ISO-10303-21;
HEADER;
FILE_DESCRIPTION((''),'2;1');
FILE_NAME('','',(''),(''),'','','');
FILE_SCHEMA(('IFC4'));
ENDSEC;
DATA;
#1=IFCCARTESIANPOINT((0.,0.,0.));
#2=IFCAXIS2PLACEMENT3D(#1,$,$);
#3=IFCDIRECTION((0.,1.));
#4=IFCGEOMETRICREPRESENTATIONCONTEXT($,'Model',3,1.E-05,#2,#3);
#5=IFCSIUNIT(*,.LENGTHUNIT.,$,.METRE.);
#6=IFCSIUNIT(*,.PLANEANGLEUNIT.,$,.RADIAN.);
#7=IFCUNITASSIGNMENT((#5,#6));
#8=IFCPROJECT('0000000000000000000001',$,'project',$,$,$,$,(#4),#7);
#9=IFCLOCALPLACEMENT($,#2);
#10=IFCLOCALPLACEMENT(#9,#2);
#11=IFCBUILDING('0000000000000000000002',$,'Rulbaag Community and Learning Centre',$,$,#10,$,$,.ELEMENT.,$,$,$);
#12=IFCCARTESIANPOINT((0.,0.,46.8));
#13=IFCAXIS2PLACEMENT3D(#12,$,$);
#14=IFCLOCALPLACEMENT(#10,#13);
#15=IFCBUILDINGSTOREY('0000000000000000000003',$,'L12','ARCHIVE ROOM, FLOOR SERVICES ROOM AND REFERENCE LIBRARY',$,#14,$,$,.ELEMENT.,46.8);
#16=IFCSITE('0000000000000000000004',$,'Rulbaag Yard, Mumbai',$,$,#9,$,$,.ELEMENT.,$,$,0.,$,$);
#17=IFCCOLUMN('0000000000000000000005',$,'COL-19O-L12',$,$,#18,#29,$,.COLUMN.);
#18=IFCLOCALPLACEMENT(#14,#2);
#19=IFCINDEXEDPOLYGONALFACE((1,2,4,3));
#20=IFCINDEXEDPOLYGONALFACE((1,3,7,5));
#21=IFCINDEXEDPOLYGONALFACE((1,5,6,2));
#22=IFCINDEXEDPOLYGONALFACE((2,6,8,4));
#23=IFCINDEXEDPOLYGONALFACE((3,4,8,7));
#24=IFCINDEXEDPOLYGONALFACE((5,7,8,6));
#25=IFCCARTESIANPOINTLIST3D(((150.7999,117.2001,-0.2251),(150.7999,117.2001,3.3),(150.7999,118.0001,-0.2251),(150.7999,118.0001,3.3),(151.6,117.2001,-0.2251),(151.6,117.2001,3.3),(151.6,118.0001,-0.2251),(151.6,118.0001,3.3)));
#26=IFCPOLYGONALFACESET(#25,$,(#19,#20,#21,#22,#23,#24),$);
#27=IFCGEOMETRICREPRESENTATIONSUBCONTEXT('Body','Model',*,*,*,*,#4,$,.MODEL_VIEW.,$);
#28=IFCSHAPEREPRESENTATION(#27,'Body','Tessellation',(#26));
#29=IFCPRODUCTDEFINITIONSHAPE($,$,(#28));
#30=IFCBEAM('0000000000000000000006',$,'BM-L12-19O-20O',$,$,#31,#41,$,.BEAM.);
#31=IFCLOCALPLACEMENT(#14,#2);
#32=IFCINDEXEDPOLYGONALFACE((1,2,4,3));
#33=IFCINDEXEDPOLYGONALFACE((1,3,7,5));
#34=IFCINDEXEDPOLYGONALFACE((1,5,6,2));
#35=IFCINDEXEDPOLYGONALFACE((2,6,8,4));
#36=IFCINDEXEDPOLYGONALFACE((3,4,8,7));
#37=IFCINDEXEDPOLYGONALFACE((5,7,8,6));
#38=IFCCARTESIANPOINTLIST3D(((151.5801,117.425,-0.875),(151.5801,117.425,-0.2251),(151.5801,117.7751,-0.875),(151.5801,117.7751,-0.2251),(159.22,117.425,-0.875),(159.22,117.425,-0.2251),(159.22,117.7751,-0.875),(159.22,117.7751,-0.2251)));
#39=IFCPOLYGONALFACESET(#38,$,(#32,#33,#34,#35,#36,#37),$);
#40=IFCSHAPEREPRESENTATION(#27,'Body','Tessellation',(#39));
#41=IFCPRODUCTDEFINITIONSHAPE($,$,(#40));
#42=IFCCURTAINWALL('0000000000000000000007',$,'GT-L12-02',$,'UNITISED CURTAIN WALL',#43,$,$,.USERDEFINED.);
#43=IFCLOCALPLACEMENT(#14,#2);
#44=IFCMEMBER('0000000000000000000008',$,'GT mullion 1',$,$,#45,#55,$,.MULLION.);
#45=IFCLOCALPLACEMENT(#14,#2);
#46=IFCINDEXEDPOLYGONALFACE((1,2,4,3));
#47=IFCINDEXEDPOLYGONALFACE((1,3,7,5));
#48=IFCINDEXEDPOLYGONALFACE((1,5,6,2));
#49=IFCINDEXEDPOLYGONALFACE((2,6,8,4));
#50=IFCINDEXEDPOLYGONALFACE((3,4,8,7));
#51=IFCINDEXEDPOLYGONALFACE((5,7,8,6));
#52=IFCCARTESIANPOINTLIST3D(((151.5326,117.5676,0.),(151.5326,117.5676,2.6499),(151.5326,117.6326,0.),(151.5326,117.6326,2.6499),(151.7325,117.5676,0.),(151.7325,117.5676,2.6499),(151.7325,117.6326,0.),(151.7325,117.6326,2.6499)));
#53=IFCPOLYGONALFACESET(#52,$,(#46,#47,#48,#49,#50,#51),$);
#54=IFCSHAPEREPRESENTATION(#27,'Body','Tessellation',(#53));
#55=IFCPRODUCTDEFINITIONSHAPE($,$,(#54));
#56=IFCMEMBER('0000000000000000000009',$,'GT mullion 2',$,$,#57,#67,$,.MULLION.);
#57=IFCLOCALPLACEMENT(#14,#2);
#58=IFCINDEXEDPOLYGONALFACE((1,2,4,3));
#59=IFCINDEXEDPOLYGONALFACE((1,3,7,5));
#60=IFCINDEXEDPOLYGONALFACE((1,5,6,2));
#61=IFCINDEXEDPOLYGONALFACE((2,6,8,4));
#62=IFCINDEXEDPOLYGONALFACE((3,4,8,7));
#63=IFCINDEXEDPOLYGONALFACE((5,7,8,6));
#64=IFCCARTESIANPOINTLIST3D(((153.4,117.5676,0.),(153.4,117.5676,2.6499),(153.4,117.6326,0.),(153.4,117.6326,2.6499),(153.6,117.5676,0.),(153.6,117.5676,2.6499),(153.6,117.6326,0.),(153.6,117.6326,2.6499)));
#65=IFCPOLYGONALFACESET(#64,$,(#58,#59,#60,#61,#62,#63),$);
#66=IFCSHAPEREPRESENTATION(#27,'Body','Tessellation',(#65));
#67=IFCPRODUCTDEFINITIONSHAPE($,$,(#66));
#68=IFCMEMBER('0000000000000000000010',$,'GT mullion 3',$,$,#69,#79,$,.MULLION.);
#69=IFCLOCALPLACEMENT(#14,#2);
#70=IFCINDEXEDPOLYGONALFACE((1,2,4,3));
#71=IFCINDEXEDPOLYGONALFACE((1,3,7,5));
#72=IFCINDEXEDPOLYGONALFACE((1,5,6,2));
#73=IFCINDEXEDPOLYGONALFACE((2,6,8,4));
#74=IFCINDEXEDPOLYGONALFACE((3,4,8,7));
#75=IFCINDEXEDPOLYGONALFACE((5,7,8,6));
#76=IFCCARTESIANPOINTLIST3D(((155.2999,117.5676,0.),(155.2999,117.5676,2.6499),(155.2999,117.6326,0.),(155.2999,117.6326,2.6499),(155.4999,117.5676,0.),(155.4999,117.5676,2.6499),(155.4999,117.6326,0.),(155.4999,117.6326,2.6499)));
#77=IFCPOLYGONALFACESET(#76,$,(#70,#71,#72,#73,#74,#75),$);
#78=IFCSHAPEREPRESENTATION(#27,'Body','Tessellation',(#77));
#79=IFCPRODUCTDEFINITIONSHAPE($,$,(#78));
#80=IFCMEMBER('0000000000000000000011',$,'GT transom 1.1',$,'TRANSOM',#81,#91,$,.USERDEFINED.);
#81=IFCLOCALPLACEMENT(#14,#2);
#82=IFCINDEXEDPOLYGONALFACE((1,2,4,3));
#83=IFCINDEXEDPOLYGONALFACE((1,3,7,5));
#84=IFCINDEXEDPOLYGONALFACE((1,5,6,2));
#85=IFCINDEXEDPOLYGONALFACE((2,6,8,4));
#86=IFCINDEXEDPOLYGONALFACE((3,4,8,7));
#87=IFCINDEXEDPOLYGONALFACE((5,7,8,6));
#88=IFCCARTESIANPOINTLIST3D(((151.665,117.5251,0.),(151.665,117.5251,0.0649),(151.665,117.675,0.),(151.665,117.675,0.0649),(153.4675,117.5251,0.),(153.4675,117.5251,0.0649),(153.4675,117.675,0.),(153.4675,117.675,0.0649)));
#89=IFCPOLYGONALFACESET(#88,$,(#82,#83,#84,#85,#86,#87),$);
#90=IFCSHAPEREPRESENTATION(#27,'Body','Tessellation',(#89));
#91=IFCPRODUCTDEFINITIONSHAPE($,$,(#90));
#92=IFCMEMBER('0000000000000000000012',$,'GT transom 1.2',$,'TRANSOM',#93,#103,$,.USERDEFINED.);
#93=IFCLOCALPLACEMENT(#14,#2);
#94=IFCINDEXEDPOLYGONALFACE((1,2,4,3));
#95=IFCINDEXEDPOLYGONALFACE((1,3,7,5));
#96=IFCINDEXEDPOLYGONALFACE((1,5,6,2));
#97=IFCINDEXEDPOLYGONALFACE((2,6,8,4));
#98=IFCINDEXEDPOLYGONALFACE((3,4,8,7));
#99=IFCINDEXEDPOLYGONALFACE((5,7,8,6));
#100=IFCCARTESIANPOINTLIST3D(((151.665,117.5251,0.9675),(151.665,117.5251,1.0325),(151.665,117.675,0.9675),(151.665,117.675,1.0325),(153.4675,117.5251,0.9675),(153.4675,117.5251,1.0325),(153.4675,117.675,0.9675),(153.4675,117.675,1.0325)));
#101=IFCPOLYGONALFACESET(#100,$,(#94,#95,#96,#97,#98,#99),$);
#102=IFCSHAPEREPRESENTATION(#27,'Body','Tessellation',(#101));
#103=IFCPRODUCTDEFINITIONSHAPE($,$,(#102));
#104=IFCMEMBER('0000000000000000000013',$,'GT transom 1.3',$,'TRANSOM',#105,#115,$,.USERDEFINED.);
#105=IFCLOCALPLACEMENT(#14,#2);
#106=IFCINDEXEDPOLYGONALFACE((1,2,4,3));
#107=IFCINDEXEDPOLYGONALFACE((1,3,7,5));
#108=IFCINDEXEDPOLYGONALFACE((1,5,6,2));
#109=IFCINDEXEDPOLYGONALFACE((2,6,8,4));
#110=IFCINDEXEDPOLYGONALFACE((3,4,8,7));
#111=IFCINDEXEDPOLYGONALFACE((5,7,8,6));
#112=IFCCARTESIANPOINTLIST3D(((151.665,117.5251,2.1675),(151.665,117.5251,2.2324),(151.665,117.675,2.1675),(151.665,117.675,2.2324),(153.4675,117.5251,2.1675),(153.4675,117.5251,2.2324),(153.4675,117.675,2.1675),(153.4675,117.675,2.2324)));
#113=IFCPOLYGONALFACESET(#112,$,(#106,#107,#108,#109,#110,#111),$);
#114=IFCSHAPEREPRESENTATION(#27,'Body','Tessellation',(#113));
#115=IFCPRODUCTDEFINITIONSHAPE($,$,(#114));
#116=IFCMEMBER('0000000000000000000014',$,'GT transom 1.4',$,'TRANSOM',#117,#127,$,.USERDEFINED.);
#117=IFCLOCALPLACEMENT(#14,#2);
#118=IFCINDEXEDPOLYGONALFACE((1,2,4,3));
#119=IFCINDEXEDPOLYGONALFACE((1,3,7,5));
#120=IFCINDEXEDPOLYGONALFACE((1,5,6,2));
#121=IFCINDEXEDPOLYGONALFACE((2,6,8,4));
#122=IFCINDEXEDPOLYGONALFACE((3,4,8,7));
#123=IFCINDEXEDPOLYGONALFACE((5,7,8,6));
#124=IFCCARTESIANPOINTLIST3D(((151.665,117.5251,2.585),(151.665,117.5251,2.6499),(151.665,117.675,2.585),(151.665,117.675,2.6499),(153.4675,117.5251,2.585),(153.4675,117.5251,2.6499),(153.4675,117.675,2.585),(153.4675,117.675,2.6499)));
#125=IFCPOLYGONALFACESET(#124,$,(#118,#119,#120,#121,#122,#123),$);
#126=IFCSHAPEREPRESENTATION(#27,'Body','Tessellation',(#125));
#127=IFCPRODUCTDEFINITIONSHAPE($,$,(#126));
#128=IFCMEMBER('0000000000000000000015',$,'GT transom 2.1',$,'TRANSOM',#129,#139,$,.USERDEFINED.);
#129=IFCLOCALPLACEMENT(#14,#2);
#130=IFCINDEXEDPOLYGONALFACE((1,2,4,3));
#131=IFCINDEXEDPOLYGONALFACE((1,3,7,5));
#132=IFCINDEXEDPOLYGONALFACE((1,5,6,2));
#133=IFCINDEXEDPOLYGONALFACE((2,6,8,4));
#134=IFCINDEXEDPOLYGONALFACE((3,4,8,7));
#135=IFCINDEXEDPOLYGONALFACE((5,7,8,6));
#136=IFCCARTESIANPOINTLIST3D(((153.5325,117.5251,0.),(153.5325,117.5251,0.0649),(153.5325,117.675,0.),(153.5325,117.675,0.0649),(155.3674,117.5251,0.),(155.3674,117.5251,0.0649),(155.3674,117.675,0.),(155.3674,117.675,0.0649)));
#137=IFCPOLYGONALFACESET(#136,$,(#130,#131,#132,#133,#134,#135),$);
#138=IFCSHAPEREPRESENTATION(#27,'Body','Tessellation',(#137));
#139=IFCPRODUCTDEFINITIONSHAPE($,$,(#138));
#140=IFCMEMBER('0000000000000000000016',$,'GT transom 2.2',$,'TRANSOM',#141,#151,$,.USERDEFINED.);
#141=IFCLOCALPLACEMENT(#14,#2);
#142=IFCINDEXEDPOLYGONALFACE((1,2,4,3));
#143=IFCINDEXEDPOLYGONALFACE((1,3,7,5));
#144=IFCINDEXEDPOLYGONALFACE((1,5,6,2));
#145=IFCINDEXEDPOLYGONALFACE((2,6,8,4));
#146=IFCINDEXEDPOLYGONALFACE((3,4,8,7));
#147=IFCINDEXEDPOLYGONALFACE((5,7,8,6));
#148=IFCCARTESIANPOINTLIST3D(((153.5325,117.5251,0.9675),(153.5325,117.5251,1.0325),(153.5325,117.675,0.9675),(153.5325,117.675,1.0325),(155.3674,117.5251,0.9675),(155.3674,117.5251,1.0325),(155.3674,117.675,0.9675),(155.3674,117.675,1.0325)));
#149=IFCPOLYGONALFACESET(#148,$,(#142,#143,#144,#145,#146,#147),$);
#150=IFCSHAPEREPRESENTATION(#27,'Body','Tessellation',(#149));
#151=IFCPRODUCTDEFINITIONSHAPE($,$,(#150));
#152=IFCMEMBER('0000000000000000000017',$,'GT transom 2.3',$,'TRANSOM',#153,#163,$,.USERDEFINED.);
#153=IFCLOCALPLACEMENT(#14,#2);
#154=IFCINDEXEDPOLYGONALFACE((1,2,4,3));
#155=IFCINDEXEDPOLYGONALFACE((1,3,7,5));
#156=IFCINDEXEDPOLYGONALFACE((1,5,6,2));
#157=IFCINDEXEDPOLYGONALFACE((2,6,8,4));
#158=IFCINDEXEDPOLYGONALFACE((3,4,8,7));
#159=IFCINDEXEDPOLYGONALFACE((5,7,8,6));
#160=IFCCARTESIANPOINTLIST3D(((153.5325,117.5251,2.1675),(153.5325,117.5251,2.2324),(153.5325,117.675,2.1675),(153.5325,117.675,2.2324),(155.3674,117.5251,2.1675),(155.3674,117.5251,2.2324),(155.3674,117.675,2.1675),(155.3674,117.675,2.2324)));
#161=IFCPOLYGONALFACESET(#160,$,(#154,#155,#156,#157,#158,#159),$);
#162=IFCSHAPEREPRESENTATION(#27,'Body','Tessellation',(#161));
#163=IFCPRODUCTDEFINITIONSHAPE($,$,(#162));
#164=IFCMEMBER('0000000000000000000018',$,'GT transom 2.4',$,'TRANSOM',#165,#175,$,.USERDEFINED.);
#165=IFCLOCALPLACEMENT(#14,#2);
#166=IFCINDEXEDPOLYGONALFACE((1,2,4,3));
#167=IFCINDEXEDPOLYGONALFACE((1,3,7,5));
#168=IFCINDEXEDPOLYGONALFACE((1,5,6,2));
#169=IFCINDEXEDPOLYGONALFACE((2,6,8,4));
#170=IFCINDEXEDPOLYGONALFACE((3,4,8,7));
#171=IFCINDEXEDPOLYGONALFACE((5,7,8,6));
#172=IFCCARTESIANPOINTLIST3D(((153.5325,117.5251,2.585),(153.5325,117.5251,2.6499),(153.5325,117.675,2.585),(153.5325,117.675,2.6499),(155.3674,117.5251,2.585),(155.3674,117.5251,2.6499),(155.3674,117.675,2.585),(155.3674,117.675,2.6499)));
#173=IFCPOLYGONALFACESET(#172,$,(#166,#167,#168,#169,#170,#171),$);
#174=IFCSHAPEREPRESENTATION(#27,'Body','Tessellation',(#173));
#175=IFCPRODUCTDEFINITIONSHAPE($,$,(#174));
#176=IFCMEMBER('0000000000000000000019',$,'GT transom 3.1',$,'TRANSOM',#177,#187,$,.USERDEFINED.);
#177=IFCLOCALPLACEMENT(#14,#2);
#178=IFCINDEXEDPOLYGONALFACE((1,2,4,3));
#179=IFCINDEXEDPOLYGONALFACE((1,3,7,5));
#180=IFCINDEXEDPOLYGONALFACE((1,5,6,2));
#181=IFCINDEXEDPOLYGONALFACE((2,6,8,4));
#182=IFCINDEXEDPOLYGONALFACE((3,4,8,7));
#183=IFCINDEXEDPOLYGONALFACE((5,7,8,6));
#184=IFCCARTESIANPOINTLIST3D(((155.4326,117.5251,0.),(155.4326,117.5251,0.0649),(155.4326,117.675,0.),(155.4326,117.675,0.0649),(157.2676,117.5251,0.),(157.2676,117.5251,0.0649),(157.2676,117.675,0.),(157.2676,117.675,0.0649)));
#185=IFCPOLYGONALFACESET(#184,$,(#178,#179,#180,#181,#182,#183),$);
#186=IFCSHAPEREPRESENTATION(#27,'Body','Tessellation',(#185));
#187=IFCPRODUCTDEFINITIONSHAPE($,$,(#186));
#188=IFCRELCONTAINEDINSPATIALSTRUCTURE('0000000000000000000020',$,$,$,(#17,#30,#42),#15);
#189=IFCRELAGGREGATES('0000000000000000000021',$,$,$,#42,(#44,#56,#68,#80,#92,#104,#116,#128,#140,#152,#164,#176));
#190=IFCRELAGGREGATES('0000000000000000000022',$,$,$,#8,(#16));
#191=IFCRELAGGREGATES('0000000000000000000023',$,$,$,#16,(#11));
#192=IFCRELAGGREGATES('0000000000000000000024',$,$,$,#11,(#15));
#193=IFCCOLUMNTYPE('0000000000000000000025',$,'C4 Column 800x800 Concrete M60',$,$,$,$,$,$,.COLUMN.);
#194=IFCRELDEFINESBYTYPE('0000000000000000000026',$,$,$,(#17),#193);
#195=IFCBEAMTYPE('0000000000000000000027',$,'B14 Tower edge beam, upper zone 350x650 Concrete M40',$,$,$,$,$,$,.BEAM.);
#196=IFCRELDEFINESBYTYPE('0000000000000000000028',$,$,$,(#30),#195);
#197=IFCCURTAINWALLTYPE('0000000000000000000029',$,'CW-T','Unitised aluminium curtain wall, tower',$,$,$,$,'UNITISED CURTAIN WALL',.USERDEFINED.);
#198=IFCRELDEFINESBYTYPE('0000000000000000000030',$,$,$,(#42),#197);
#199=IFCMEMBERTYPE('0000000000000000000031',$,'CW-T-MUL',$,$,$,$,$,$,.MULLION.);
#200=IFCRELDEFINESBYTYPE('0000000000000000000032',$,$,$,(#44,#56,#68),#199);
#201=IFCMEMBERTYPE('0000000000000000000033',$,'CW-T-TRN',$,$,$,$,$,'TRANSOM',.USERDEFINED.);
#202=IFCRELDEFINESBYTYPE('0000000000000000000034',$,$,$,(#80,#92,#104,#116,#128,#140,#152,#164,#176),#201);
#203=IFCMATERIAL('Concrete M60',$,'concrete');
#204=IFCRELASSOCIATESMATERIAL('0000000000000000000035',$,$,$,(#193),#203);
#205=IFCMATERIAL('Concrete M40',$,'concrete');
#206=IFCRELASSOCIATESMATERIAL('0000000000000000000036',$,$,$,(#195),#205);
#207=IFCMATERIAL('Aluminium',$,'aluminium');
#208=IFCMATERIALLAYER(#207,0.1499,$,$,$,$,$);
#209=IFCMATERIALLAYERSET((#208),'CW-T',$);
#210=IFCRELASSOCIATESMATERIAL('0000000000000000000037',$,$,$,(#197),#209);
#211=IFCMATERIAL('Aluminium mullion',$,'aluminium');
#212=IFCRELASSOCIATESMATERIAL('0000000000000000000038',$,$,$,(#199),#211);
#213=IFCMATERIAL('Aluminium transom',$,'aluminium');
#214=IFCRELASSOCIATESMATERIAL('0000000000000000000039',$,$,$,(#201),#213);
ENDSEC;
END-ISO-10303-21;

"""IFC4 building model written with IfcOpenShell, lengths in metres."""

from ifc_helpers import new_model, si_unit, direction, frame, origin, origin_2d, place, context, subcontext, project, spatial, rectangle, extrude, material, layer, layer_set, material_profile, profile_set, type_object, element, aggregate, save


model = new_model("IFC4")

# Units and contexts
model_context = context("Model", 3, precision=1e-05, world=origin(), true_north=direction((0.0, 1.0)))
body_context = subcontext(model_context, "Body", "Model", "MODEL_VIEW")
ifc_project = project(units=[si_unit("LENGTHUNIT", "METRE"), si_unit("PLANEANGLEUNIT", "RADIAN")], contexts=[model_context])

# Site, building, storey
site_placement = place(None, origin())
site = spatial("IfcSite", under=ifc_project, at=site_placement, Name="Rulbaag Yard, Mumbai", CompositionType="ELEMENT", RefElevation=0.0)
building_placement = place(site_placement, origin())
building = spatial("IfcBuilding", under=site, at=building_placement, Name="Rulbaag Community and Learning Centre", CompositionType="ELEMENT")
storey_placement = place(building_placement, frame((0.0, 0.0, 46.8)))
storey = spatial("IfcBuildingStorey", under=building, at=storey_placement, Name="L12", Description="ARCHIVE ROOM, FLOOR SERVICES ROOM AND REFERENCE LIBRARY", CompositionType="ELEMENT", Elevation=46.8)

# Column
ifc_material_1 = material(Name="Concrete M60", Category="concrete")
ifc_material_profile_1 = material_profile(ifc_material_1, rectangle(XDim=0.8, YDim=0.8, at=origin_2d()), Name="RC800x800")
ifc_profile_set_1 = profile_set([ifc_material_profile_1], Name="Concrete M60")
column_type = type_object("IfcColumnType", Name="C4 Column 800x800 Concrete M60", PredefinedType="COLUMN", material=ifc_profile_set_1)
column_placement = place(storey_placement, frame((151.2, 117.6001, -0.2251), z_axis=(0.0, 0.0, 1.0), x_axis=(1.0, 0.0, 0.0)))
element("IfcColumn", 1, at=column_placement, inside=storey, type_object=column_type, Name="COL-19O-L12", PredefinedType="COLUMN", context=body_context, shape_type="SweptSolid", body=[
    extrude(rectangle(XDim=0.8, YDim=0.8, at=origin_2d()), origin(), (0.0, 0.0, 1.0), 3.5251),
])

# Beam
ifc_material_2 = material(Name="Concrete M40", Category="concrete")
ifc_material_profile_2 = material_profile(ifc_material_2, rectangle(XDim=0.3501, YDim=0.6499, at=origin_2d()), Name="RB350x650")
ifc_profile_set_2 = profile_set([ifc_material_profile_2], Name="Concrete M40")
beam_type = type_object("IfcBeamType", Name="B14 Tower edge beam, upper zone 350x650 Concrete M40", PredefinedType="BEAM", material=ifc_profile_set_2)
beam_placement = place(storey_placement, frame((151.5801, 117.6001, -0.55), z_axis=(1.0, 0.0, 0.0), x_axis=(0.0, 1.0, 0.0)))
element("IfcBeam", 2, at=beam_placement, inside=storey, type_object=beam_type, Name="BM-L12-19O-20O", PredefinedType="BEAM", context=body_context, shape_type="SweptSolid", body=[
    extrude(rectangle(XDim=0.3501, YDim=0.6499, at=origin_2d()), origin(), (0.0, 0.0, 1.0), 7.6399),
])

# Curtain wall, members
ifc_material_3 = material(Name="Aluminium", Category="aluminium")
ifc_layer_1 = layer(ifc_material_3, 0.1499)
ifc_layer_set_1 = layer_set([ifc_layer_1], Name="CW-T")
curtain_wall_type = type_object("IfcCurtainWallType", Name="CW-T", Description="Unitised aluminium curtain wall, tower", ElementType="UNITISED CURTAIN WALL", PredefinedType="USERDEFINED", material=ifc_layer_set_1)
curtain_wall_placement = place(storey_placement, origin())
curtain_wall = element("IfcCurtainWall", 3, at=curtain_wall_placement, inside=storey, type_object=curtain_wall_type, Name="GT-L12-02", ObjectType="UNITISED CURTAIN WALL", PredefinedType="USERDEFINED")
ifc_material_4 = material(Name="Aluminium mullion", Category="aluminium")
ifc_material_profile_3 = material_profile(ifc_material_4, rectangle(XDim=0.0649, YDim=0.2, at=origin_2d()), Name="AL 65x200")
ifc_profile_set_3 = profile_set([ifc_material_profile_3], Name="Aluminium mullion")
member_type_1 = type_object("IfcMemberType", Name="CW-T-MUL", PredefinedType="MULLION", material=ifc_profile_set_3)
member_1_placement = place(storey_placement, frame((151.6326, 117.6001, 0.0), z_axis=(0.0, 0.0, 1.0), x_axis=(0.0, 1.0, 0.0)))
member_1 = element("IfcMember", 4, at=member_1_placement, type_object=member_type_1, Name="GT mullion 1", PredefinedType="MULLION", context=body_context, shape_type="SweptSolid", body=[
    extrude(rectangle(XDim=0.0649, YDim=0.2, at=origin_2d()), origin(), (0.0, 0.0, 1.0), 2.6499),
])
member_2_placement = place(storey_placement, frame((153.5, 117.6001, 0.0), z_axis=(0.0, 0.0, 1.0), x_axis=(0.0, 1.0, 0.0)))
member_2 = element("IfcMember", 5, at=member_2_placement, type_object=member_type_1, Name="GT mullion 2", PredefinedType="MULLION", context=body_context, shape_type="SweptSolid", body=[
    extrude(rectangle(XDim=0.0649, YDim=0.2, at=origin_2d()), origin(), (0.0, 0.0, 1.0), 2.6499),
])
member_3_placement = place(storey_placement, frame((155.3999, 117.6001, 0.0), z_axis=(0.0, 0.0, 1.0), x_axis=(0.0, 1.0, 0.0)))
member_3 = element("IfcMember", 6, at=member_3_placement, type_object=member_type_1, Name="GT mullion 3", PredefinedType="MULLION", context=body_context, shape_type="SweptSolid", body=[
    extrude(rectangle(XDim=0.0649, YDim=0.2, at=origin_2d()), origin(), (0.0, 0.0, 1.0), 2.6499),
])
ifc_material_5 = material(Name="Aluminium transom", Category="aluminium")
ifc_material_profile_4 = material_profile(ifc_material_5, rectangle(XDim=0.1499, YDim=0.0649, at=origin_2d()), Name="AL 65x150 T")
ifc_profile_set_4 = profile_set([ifc_material_profile_4], Name="Aluminium transom")
member_type_2 = type_object("IfcMemberType", Name="CW-T-TRN", ElementType="TRANSOM", PredefinedType="USERDEFINED", material=ifc_profile_set_4)
member_4_placement = place(storey_placement, frame((151.665, 117.6001, 0.0325), z_axis=(1.0, 0.0, 0.0), x_axis=(0.0, 1.0, 0.0)))
member_4 = element("IfcMember", 7, at=member_4_placement, type_object=member_type_2, Name="GT transom 1.1", ObjectType="TRANSOM", PredefinedType="USERDEFINED", context=body_context, shape_type="SweptSolid", body=[
    extrude(rectangle(XDim=0.1499, YDim=0.0649, at=origin_2d()), origin(), (0.0, 0.0, 1.0), 1.8025),
])
member_5_placement = place(storey_placement, frame((151.665, 117.6001, 1.0), z_axis=(1.0, 0.0, 0.0), x_axis=(0.0, 1.0, 0.0)))
member_5 = element("IfcMember", 8, at=member_5_placement, type_object=member_type_2, Name="GT transom 1.2", ObjectType="TRANSOM", PredefinedType="USERDEFINED", context=body_context, shape_type="SweptSolid", body=[
    extrude(rectangle(XDim=0.1499, YDim=0.0649, at=origin_2d()), origin(), (0.0, 0.0, 1.0), 1.8025),
])
member_6_placement = place(storey_placement, frame((151.665, 117.6001, 2.2), z_axis=(1.0, 0.0, 0.0), x_axis=(0.0, 1.0, 0.0)))
member_6 = element("IfcMember", 9, at=member_6_placement, type_object=member_type_2, Name="GT transom 1.3", ObjectType="TRANSOM", PredefinedType="USERDEFINED", context=body_context, shape_type="SweptSolid", body=[
    extrude(rectangle(XDim=0.1499, YDim=0.0649, at=origin_2d()), origin(), (0.0, 0.0, 1.0), 1.8025),
])
member_7_placement = place(storey_placement, frame((151.665, 117.6001, 2.6174), z_axis=(1.0, 0.0, 0.0), x_axis=(0.0, 1.0, 0.0)))
member_7 = element("IfcMember", 10, at=member_7_placement, type_object=member_type_2, Name="GT transom 1.4", ObjectType="TRANSOM", PredefinedType="USERDEFINED", context=body_context, shape_type="SweptSolid", body=[
    extrude(rectangle(XDim=0.1499, YDim=0.0649, at=origin_2d()), origin(), (0.0, 0.0, 1.0), 1.8025),
])
member_8_placement = place(storey_placement, frame((153.5325, 117.6001, 0.0325), z_axis=(1.0, 0.0, 0.0), x_axis=(0.0, 1.0, 0.0)))
member_8 = element("IfcMember", 11, at=member_8_placement, type_object=member_type_2, Name="GT transom 2.1", ObjectType="TRANSOM", PredefinedType="USERDEFINED", context=body_context, shape_type="SweptSolid", body=[
    extrude(rectangle(XDim=0.1499, YDim=0.0649, at=origin_2d()), origin(), (0.0, 0.0, 1.0), 1.835),
])
member_9_placement = place(storey_placement, frame((153.5325, 117.6001, 1.0), z_axis=(1.0, 0.0, 0.0), x_axis=(0.0, 1.0, 0.0)))
member_9 = element("IfcMember", 12, at=member_9_placement, type_object=member_type_2, Name="GT transom 2.2", ObjectType="TRANSOM", PredefinedType="USERDEFINED", context=body_context, shape_type="SweptSolid", body=[
    extrude(rectangle(XDim=0.1499, YDim=0.0649, at=origin_2d()), origin(), (0.0, 0.0, 1.0), 1.835),
])
member_10_placement = place(storey_placement, frame((153.5325, 117.6001, 2.2), z_axis=(1.0, 0.0, 0.0), x_axis=(0.0, 1.0, 0.0)))
member_10 = element("IfcMember", 13, at=member_10_placement, type_object=member_type_2, Name="GT transom 2.3", ObjectType="TRANSOM", PredefinedType="USERDEFINED", context=body_context, shape_type="SweptSolid", body=[
    extrude(rectangle(XDim=0.1499, YDim=0.0649, at=origin_2d()), origin(), (0.0, 0.0, 1.0), 1.835),
])
member_11_placement = place(storey_placement, frame((153.5325, 117.6001, 2.6174), z_axis=(1.0, 0.0, 0.0), x_axis=(0.0, 1.0, 0.0)))
member_11 = element("IfcMember", 14, at=member_11_placement, type_object=member_type_2, Name="GT transom 2.4", ObjectType="TRANSOM", PredefinedType="USERDEFINED", context=body_context, shape_type="SweptSolid", body=[
    extrude(rectangle(XDim=0.1499, YDim=0.0649, at=origin_2d()), origin(), (0.0, 0.0, 1.0), 1.835),
])
member_12_placement = place(storey_placement, frame((155.4326, 117.6001, 0.0325), z_axis=(1.0, 0.0, 0.0), x_axis=(0.0, 1.0, 0.0)))
member_12 = element("IfcMember", 15, at=member_12_placement, type_object=member_type_2, Name="GT transom 3.1", ObjectType="TRANSOM", PredefinedType="USERDEFINED", context=body_context, shape_type="SweptSolid", body=[
    extrude(rectangle(XDim=0.1499, YDim=0.0649, at=origin_2d()), origin(), (0.0, 0.0, 1.0), 1.835),
])
aggregate(curtain_wall, [member_1, member_2, member_3, member_4, member_5, member_6, member_7, member_8, member_9, member_10, member_11, member_12])

save(model, "model.ifc")
